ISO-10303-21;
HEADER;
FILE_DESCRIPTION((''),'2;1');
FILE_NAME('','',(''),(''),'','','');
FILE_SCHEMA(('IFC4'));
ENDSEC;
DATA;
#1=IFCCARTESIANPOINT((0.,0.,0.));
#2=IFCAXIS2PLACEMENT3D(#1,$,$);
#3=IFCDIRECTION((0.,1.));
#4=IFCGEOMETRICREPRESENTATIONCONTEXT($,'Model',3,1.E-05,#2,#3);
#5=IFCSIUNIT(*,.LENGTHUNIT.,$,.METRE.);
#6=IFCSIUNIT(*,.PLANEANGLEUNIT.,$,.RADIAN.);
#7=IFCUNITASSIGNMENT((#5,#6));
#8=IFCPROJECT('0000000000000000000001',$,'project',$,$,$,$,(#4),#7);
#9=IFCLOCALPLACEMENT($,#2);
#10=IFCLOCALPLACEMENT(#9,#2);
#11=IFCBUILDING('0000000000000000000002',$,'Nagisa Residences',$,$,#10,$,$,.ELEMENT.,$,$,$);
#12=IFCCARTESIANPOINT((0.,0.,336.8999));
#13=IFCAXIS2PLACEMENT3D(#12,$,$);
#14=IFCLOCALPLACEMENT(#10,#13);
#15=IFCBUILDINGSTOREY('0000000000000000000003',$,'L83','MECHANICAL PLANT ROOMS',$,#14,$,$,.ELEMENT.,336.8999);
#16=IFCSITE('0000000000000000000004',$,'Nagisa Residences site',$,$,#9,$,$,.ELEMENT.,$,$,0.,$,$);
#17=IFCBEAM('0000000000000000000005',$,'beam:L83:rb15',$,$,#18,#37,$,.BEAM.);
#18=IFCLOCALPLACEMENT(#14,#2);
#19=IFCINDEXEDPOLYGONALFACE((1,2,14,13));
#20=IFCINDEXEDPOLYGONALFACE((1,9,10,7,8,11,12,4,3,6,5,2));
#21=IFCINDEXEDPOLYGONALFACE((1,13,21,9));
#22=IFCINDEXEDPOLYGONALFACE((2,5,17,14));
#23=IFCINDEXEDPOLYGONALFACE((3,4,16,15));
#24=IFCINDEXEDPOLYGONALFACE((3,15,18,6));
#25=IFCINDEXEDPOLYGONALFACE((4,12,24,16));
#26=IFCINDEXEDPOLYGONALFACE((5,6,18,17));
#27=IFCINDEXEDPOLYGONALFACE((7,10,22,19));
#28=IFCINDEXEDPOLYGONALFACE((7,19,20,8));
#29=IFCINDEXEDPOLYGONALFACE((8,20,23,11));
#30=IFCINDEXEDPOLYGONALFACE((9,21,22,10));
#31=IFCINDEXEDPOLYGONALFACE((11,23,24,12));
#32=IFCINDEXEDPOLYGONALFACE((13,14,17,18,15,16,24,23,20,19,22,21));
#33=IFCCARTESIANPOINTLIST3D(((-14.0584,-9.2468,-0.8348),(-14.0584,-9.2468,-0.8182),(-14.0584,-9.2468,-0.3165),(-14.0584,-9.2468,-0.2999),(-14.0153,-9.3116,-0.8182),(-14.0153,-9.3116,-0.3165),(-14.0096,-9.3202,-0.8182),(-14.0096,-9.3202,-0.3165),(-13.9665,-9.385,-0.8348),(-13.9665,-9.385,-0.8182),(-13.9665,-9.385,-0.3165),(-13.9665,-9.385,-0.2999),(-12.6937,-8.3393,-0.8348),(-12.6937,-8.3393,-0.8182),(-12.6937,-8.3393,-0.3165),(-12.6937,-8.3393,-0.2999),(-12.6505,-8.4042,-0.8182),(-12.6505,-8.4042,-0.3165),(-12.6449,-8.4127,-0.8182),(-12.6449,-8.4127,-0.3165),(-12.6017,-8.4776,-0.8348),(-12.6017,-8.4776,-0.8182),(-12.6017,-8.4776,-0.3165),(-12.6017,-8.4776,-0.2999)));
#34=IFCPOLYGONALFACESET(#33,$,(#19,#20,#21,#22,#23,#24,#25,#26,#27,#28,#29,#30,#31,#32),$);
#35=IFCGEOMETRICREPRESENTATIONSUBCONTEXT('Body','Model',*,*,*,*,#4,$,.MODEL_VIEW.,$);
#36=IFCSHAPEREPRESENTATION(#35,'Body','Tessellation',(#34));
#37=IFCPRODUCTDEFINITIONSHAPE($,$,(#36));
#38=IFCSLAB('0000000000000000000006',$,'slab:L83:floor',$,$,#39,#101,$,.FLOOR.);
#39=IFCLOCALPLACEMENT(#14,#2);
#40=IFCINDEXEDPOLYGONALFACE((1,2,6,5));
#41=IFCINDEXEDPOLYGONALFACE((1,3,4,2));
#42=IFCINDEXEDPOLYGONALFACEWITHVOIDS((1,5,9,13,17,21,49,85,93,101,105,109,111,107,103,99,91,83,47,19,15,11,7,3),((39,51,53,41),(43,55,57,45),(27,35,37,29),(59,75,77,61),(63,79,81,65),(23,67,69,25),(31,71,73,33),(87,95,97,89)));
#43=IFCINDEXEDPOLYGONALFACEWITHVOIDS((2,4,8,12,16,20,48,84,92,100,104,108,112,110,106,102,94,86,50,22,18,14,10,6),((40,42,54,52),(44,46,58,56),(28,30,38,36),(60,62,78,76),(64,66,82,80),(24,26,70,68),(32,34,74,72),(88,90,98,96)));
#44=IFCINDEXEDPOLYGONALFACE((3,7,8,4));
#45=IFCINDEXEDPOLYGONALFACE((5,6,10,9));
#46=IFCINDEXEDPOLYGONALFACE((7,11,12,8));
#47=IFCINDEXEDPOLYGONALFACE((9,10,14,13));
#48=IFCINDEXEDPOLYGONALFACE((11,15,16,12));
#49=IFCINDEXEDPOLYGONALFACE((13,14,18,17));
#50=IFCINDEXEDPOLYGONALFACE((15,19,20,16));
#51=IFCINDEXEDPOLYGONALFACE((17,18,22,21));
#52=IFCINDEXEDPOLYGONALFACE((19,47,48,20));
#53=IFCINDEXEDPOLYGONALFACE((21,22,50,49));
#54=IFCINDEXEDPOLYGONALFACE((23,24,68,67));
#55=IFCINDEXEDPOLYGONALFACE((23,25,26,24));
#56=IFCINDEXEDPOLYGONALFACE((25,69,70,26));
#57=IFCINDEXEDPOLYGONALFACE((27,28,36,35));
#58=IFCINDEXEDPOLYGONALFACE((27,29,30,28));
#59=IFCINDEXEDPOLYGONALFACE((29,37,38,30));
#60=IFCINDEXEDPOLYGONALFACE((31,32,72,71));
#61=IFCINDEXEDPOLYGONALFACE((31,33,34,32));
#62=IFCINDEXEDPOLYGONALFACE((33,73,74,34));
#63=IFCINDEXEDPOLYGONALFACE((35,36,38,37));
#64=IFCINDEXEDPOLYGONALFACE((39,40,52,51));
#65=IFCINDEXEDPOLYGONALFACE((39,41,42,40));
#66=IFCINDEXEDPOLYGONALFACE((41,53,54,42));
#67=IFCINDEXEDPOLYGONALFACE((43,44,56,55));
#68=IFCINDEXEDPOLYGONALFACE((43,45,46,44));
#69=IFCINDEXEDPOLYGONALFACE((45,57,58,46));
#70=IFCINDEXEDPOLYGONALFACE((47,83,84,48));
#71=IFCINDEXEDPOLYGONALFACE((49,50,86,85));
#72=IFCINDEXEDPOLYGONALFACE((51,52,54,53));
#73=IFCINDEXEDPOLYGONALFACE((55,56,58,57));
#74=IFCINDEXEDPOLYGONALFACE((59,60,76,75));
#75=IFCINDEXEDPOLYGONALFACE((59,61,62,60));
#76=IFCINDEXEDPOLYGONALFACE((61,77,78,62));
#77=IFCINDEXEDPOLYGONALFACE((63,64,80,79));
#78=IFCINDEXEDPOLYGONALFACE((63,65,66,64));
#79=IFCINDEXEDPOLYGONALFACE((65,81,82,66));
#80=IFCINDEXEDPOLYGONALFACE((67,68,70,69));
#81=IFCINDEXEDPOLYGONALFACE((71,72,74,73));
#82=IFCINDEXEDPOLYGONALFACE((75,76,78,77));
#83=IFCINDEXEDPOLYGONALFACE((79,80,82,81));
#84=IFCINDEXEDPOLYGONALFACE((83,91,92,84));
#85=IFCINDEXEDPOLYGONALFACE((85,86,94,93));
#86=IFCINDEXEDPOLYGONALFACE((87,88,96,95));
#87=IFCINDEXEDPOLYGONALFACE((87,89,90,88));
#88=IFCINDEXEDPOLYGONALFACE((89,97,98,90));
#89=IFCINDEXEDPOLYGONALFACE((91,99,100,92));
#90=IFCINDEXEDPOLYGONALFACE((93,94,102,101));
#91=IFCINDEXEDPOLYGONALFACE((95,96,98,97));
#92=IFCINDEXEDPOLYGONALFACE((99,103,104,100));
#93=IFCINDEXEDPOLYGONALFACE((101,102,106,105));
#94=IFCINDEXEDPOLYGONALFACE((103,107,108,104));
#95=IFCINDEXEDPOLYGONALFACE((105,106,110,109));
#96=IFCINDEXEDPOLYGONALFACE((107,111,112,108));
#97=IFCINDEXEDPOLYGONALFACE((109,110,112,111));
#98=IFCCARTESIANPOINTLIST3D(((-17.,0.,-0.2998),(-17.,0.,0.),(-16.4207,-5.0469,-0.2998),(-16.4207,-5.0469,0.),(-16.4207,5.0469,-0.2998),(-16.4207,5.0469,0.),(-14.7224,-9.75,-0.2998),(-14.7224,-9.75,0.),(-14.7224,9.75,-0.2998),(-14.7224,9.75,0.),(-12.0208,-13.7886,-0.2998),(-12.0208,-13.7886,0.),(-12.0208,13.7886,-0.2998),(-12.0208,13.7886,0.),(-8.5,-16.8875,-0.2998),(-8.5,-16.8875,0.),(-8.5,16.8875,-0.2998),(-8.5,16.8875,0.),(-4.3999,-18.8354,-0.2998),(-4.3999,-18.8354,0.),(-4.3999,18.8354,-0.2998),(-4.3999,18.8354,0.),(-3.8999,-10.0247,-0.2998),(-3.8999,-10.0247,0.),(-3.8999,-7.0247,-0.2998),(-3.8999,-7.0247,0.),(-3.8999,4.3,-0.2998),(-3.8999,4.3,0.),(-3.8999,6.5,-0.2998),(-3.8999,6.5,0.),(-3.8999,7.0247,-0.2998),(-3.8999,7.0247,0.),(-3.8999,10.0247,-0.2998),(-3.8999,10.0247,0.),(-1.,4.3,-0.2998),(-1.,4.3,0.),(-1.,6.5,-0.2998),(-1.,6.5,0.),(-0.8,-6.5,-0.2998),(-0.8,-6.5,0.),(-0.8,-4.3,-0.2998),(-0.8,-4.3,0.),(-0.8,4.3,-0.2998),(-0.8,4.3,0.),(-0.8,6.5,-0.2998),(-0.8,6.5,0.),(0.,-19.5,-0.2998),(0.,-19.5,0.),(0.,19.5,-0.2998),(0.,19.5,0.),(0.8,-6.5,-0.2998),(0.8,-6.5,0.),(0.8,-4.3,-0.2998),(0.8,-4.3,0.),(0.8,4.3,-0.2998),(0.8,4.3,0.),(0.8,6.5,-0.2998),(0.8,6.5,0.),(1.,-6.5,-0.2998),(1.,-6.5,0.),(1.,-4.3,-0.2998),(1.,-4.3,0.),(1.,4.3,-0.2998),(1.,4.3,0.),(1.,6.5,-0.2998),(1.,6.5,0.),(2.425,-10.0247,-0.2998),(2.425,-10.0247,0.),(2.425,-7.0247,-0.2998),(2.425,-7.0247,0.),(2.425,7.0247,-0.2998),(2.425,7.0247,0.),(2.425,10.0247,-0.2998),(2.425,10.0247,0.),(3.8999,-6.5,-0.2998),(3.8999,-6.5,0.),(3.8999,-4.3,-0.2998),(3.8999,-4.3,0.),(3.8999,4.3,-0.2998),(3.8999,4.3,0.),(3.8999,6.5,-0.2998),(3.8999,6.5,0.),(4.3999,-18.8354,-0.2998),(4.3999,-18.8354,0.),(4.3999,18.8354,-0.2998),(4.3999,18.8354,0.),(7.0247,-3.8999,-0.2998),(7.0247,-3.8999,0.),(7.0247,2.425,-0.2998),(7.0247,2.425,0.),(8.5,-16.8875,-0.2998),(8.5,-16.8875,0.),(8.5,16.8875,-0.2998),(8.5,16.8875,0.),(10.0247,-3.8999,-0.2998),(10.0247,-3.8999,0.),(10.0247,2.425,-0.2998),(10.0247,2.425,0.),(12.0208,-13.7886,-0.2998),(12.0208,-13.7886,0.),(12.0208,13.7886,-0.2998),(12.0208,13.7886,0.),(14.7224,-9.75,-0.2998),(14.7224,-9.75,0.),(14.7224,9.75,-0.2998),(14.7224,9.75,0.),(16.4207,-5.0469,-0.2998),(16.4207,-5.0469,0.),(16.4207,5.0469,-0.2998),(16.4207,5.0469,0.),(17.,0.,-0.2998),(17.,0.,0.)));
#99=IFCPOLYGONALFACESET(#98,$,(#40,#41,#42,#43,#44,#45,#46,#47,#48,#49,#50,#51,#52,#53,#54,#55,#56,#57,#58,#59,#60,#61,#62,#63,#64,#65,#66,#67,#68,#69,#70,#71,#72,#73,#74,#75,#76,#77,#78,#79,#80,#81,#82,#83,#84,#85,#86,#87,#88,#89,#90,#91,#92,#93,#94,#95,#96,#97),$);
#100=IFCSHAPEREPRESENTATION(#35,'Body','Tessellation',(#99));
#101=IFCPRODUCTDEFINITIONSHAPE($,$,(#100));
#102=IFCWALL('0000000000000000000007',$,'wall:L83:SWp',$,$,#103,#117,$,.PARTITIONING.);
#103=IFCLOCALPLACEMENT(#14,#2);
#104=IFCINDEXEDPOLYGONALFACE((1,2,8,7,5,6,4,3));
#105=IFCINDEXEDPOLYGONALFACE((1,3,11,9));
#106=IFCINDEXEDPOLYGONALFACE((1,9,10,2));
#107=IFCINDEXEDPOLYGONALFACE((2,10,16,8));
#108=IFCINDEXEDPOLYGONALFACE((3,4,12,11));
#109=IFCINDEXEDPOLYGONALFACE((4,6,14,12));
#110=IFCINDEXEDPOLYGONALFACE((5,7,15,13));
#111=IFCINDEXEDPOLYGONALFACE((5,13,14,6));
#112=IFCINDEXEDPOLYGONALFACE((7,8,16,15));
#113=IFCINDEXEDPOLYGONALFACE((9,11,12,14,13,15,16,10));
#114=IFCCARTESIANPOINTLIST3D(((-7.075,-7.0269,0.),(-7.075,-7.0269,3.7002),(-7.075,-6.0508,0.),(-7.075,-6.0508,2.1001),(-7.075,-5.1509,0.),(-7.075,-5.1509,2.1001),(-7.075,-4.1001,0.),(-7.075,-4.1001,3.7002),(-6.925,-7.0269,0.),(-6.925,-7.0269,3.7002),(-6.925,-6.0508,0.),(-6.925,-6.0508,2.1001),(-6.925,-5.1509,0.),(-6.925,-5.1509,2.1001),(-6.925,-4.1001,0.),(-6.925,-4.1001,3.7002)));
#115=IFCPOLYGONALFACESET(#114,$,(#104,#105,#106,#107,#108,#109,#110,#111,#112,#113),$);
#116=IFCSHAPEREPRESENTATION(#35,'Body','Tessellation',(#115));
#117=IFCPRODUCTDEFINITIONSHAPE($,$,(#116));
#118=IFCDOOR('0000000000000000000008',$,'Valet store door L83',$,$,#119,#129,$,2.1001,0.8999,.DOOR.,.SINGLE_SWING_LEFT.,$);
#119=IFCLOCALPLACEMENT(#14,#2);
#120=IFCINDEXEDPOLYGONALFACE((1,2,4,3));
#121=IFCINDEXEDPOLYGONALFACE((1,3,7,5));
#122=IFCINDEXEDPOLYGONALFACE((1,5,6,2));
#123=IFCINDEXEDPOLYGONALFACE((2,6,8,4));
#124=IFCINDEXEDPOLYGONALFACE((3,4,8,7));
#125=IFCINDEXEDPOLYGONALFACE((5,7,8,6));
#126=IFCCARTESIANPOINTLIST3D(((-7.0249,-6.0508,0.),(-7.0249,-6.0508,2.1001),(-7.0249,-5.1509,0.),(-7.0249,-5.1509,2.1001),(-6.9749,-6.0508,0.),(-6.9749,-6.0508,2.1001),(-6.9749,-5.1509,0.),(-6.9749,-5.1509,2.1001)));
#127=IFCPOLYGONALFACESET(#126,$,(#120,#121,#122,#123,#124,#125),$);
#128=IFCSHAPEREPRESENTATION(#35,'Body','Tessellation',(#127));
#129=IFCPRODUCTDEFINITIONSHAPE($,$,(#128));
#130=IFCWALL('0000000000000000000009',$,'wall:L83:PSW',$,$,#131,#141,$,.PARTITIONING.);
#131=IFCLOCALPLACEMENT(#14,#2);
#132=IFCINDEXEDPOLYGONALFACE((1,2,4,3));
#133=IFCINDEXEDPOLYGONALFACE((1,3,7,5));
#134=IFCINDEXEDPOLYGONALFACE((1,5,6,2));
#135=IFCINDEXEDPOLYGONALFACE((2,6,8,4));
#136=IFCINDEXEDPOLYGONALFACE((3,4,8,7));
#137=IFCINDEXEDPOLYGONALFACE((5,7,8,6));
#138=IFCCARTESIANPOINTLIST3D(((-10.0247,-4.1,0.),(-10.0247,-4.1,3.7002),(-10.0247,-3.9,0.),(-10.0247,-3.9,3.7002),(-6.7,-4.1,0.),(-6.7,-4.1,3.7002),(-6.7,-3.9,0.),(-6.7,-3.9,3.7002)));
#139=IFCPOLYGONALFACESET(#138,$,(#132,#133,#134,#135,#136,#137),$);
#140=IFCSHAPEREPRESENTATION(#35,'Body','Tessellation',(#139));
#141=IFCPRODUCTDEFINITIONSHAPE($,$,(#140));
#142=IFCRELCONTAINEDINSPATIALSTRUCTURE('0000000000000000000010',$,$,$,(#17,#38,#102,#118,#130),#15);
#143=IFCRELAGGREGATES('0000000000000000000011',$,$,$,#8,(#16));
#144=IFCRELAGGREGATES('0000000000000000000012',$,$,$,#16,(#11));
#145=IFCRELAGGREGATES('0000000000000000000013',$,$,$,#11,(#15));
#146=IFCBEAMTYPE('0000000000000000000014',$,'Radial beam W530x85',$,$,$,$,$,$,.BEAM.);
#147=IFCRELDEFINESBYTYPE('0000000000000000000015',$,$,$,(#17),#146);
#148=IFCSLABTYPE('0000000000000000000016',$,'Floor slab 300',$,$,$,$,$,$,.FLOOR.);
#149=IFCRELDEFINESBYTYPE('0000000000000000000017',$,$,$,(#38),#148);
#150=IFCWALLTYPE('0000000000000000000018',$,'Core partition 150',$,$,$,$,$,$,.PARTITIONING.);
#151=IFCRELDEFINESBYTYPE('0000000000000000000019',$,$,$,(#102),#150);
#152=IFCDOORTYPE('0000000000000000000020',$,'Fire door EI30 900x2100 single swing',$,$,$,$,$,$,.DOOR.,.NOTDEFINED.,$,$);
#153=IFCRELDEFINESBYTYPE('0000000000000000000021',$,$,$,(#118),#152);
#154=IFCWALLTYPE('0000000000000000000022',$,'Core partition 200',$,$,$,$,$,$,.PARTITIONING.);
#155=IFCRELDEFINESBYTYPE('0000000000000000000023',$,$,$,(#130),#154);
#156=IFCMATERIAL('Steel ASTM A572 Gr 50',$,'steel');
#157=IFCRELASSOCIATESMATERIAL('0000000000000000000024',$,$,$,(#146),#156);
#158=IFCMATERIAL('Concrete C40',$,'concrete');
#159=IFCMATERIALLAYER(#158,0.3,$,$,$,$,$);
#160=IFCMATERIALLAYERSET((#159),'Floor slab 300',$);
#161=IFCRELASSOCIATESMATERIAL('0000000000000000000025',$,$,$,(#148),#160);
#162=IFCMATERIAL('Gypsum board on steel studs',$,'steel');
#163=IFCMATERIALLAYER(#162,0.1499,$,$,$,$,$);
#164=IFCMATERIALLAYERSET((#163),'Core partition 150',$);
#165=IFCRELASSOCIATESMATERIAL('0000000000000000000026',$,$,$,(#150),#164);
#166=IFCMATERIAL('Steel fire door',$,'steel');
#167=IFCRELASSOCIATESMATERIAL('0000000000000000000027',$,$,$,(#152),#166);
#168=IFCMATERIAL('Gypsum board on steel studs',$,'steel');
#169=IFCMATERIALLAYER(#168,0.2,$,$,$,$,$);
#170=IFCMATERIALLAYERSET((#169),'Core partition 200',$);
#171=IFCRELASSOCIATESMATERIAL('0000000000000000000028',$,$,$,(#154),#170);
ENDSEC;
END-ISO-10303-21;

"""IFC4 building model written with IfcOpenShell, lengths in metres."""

from ifc_helpers import new_model, si_unit, direction, frame, frame_2d, origin, origin_2d, place, context, subcontext, project, spatial, polyline, rectangle, i_section, outline, extrude, material, layer, layer_set, material_profile, profile_set, type_object, element, fill, save


model = new_model("IFC4")

# Units and contexts
model_context = context("Model", 3, precision=1e-05, world=origin(), true_north=direction((0.0, 1.0)))
body_context = subcontext(model_context, "Body", "Model", "MODEL_VIEW")
ifc_project = project(units=[si_unit("LENGTHUNIT", "METRE"), si_unit("PLANEANGLEUNIT", "RADIAN")], contexts=[model_context])

# Site, building, storey
site_placement = place(None, origin())
site = spatial("IfcSite", under=ifc_project, at=site_placement, Name="Nagisa Residences site", CompositionType="ELEMENT", RefElevation=0.0)
building_placement = place(site_placement, origin())
building = spatial("IfcBuilding", under=site, at=building_placement, Name="Nagisa Residences", CompositionType="ELEMENT")
storey_placement = place(building_placement, frame((0.0, 0.0, 336.8999)))
storey = spatial("IfcBuildingStorey", under=building, at=storey_placement, Name="L83", Description="MECHANICAL PLANT ROOMS", CompositionType="ELEMENT", Elevation=336.8999)

# Beam
ifc_material_1 = material(Name="Steel ASTM A572 Gr 50", Category="steel")
ifc_material_profile = material_profile(ifc_material_1, i_section(OverallWidth=0.166, OverallDepth=0.5349, WebThickness=0.0103, FlangeThickness=0.0166, at=origin_2d()), Name="W530x85")
ifc_profile_set = profile_set([ifc_material_profile], Name="Steel ASTM A572 Gr 50")
beam_type = type_object("IfcBeamType", Name="Radial beam W530x85", PredefinedType="BEAM", material=ifc_profile_set)
beam_placement = place(storey_placement, frame((-14.0125, -9.3159, -0.5674), z_axis=(0.832714, 0.553703, 0.0), x_axis=(-0.553703, 0.832714, 0.0)))
element("IfcBeam", 1, at=beam_placement, inside=storey, type_object=beam_type, Name="beam:L83:rb15", PredefinedType="BEAM", context=body_context, shape_type="SweptSolid", body=[
    extrude(i_section(OverallWidth=0.166, OverallDepth=0.5349, WebThickness=0.0103, FlangeThickness=0.0166, at=origin_2d()), origin(), (0.0, 0.0, 1.0), 1.6389),
])

# Slab
ifc_material_2 = material(Name="Concrete C40", Category="concrete")
ifc_layer_1 = layer(ifc_material_2, 0.3)
ifc_layer_set_1 = layer_set([ifc_layer_1], Name="Floor slab 300")
slab_type = type_object("IfcSlabType", Name="Floor slab 300", PredefinedType="FLOOR", material=ifc_layer_set_1)
slab_placement = place(storey_placement, frame((0.0, 0.0, -0.2998)))
element("IfcSlab", 2, at=slab_placement, inside=storey, type_object=slab_type, Name="slab:L83:floor", PredefinedType="FLOOR", context=body_context, shape_type="SweptSolid", body=[
    extrude(outline(polyline([(17.0, 0.0), (16.4207, 5.0469), (14.7224, 9.75), (12.0208, 13.7886), (8.5, 16.8875), (4.3999, 18.8354), (0.0, 19.5), (-4.3999, 18.8354), (-8.5, 16.8875), (-12.0208, 13.7886), (-14.7224, 9.75), (-16.4207, 5.0469), (-17.0, 0.0), (-16.4207, -5.0469), (-14.7224, -9.75), (-12.0208, -13.7886), (-8.5, -16.8875), (-4.3999, -18.8354), (0.0, -19.5), (4.3999, -18.8354), (8.5, -16.8875), (12.0208, -13.7886), (14.7224, -9.75), (16.4207, -5.0469), (17.0, 0.0)]), holes=[polyline([(3.8999, 4.3), (3.8999, 6.5), (1.0, 6.5), (1.0, 4.3), (3.8999, 4.3)]), polyline([(3.8999, -6.5), (3.8999, -4.3), (1.0, -4.3), (1.0, -6.5), (3.8999, -6.5)]), polyline([(-1.0, 4.3), (-1.0, 6.5), (-3.8999, 6.5), (-3.8999, 4.3), (-1.0, 4.3)]), polyline([(0.8, 4.3), (0.8, 6.5), (-0.8, 6.5), (-0.8, 4.3), (0.8, 4.3)]), polyline([(0.8, -6.5), (0.8, -4.3), (-0.8, -4.3), (-0.8, -6.5), (0.8, -6.5)]), polyline([(10.0247, -3.8999), (7.0247, -3.8999), (7.0247, 2.425), (10.0247, 2.425), (10.0247, -3.8999)]), polyline([(-3.8999, 7.0247), (-3.8999, 10.0247), (2.425, 10.0247), (2.425, 7.0247), (-3.8999, 7.0247)]), polyline([(-3.8999, -10.0247), (-3.8999, -7.0247), (2.425, -7.0247), (2.425, -10.0247), (-3.8999, -10.0247)])]), origin(), (0.0, 0.0, 1.0), 0.2998),
])

# Wall, opening, door
ifc_material_3 = material(Name="Gypsum board on steel studs", Category="steel")
ifc_layer_2 = layer(ifc_material_3, 0.1499)
ifc_layer_set_2 = layer_set([ifc_layer_2], Name="Core partition 150")
wall_type_1 = type_object("IfcWallType", Name="Core partition 150", PredefinedType="PARTITIONING", material=ifc_layer_set_2)
wall_1_placement = place(storey_placement, frame((-7.0, -7.0269, 0.0), z_axis=(0.0, 0.0, 1.0), x_axis=(0.0, 1.0, 0.0)))
wall_1 = element("IfcWall", 3, at=wall_1_placement, inside=storey, type_object=wall_type_1, Name="wall:L83:SWp", PredefinedType="PARTITIONING", context=body_context, shape_type="SweptSolid", body=[
    extrude(rectangle(XDim=2.9268, YDim=0.1499, at=frame_2d((1.4634, 0.0))), origin(), (0.0, 0.0, 1.0), 3.7002),
])
opening_1_placement = place(wall_1_placement, frame((0.9761, 0.0, 0.0)))
opening_1 = element("IfcOpeningElement", 4, at=opening_1_placement, cuts=wall_1, PredefinedType="OPENING", context=body_context, shape_type="SweptSolid", body=[
    extrude(rectangle(XDim=0.8999, YDim=2.1001, at=frame_2d((0.45, 1.05))), frame((0.0, 0.085, 0.0), z_axis=(0.0, -1.0, 0.0), x_axis=(1.0, 0.0, 0.0)), (0.0, 0.0, 1.0), 0.1699),
])
ifc_material_4 = material(Name="Steel fire door", Category="steel")
door_type_1 = type_object("IfcDoorType", Name="Fire door EI30 900x2100 single swing", OperationType="NOTDEFINED", PredefinedType="DOOR", material=ifc_material_4)
door_1_placement = place(opening_1_placement, origin())
door_1 = element("IfcDoor", 5, at=door_1_placement, inside=storey, type_object=door_type_1, Name="Valet store door L83", OperationType="SINGLE_SWING_LEFT", OverallHeight=2.1001, OverallWidth=0.8999, PredefinedType="DOOR", context=body_context, shape_type="SweptSolid", body=[
    extrude(rectangle(XDim=0.8999, YDim=2.1001, at=frame_2d((0.45, 1.05))), frame((0.0, 0.0249, 0.0), z_axis=(0.0, -1.0, 0.0), x_axis=(1.0, 0.0, 0.0)), (0.0, 0.0, 1.0), 0.05),
])
fill(opening_1, door_1)

# Wall
ifc_material_5 = material(Name="Gypsum board on steel studs", Category="steel")
ifc_layer_3 = layer(ifc_material_5, 0.2)
ifc_layer_set_3 = layer_set([ifc_layer_3], Name="Core partition 200")
wall_type_2 = type_object("IfcWallType", Name="Core partition 200", PredefinedType="PARTITIONING", material=ifc_layer_set_3)
wall_2_placement = place(storey_placement, frame((-10.0247, -4.0, 0.0), z_axis=(0.0, 0.0, 1.0), x_axis=(1.0, 0.0, 0.0)))
element("IfcWall", 6, at=wall_2_placement, inside=storey, type_object=wall_type_2, Name="wall:L83:PSW", PredefinedType="PARTITIONING", context=body_context, shape_type="SweptSolid", body=[
    extrude(rectangle(XDim=3.3247, YDim=0.2, at=frame_2d((1.6624, 0.0))), origin(), (0.0, 0.0, 1.0), 3.7002),
])

save(model, "model.ifc")
